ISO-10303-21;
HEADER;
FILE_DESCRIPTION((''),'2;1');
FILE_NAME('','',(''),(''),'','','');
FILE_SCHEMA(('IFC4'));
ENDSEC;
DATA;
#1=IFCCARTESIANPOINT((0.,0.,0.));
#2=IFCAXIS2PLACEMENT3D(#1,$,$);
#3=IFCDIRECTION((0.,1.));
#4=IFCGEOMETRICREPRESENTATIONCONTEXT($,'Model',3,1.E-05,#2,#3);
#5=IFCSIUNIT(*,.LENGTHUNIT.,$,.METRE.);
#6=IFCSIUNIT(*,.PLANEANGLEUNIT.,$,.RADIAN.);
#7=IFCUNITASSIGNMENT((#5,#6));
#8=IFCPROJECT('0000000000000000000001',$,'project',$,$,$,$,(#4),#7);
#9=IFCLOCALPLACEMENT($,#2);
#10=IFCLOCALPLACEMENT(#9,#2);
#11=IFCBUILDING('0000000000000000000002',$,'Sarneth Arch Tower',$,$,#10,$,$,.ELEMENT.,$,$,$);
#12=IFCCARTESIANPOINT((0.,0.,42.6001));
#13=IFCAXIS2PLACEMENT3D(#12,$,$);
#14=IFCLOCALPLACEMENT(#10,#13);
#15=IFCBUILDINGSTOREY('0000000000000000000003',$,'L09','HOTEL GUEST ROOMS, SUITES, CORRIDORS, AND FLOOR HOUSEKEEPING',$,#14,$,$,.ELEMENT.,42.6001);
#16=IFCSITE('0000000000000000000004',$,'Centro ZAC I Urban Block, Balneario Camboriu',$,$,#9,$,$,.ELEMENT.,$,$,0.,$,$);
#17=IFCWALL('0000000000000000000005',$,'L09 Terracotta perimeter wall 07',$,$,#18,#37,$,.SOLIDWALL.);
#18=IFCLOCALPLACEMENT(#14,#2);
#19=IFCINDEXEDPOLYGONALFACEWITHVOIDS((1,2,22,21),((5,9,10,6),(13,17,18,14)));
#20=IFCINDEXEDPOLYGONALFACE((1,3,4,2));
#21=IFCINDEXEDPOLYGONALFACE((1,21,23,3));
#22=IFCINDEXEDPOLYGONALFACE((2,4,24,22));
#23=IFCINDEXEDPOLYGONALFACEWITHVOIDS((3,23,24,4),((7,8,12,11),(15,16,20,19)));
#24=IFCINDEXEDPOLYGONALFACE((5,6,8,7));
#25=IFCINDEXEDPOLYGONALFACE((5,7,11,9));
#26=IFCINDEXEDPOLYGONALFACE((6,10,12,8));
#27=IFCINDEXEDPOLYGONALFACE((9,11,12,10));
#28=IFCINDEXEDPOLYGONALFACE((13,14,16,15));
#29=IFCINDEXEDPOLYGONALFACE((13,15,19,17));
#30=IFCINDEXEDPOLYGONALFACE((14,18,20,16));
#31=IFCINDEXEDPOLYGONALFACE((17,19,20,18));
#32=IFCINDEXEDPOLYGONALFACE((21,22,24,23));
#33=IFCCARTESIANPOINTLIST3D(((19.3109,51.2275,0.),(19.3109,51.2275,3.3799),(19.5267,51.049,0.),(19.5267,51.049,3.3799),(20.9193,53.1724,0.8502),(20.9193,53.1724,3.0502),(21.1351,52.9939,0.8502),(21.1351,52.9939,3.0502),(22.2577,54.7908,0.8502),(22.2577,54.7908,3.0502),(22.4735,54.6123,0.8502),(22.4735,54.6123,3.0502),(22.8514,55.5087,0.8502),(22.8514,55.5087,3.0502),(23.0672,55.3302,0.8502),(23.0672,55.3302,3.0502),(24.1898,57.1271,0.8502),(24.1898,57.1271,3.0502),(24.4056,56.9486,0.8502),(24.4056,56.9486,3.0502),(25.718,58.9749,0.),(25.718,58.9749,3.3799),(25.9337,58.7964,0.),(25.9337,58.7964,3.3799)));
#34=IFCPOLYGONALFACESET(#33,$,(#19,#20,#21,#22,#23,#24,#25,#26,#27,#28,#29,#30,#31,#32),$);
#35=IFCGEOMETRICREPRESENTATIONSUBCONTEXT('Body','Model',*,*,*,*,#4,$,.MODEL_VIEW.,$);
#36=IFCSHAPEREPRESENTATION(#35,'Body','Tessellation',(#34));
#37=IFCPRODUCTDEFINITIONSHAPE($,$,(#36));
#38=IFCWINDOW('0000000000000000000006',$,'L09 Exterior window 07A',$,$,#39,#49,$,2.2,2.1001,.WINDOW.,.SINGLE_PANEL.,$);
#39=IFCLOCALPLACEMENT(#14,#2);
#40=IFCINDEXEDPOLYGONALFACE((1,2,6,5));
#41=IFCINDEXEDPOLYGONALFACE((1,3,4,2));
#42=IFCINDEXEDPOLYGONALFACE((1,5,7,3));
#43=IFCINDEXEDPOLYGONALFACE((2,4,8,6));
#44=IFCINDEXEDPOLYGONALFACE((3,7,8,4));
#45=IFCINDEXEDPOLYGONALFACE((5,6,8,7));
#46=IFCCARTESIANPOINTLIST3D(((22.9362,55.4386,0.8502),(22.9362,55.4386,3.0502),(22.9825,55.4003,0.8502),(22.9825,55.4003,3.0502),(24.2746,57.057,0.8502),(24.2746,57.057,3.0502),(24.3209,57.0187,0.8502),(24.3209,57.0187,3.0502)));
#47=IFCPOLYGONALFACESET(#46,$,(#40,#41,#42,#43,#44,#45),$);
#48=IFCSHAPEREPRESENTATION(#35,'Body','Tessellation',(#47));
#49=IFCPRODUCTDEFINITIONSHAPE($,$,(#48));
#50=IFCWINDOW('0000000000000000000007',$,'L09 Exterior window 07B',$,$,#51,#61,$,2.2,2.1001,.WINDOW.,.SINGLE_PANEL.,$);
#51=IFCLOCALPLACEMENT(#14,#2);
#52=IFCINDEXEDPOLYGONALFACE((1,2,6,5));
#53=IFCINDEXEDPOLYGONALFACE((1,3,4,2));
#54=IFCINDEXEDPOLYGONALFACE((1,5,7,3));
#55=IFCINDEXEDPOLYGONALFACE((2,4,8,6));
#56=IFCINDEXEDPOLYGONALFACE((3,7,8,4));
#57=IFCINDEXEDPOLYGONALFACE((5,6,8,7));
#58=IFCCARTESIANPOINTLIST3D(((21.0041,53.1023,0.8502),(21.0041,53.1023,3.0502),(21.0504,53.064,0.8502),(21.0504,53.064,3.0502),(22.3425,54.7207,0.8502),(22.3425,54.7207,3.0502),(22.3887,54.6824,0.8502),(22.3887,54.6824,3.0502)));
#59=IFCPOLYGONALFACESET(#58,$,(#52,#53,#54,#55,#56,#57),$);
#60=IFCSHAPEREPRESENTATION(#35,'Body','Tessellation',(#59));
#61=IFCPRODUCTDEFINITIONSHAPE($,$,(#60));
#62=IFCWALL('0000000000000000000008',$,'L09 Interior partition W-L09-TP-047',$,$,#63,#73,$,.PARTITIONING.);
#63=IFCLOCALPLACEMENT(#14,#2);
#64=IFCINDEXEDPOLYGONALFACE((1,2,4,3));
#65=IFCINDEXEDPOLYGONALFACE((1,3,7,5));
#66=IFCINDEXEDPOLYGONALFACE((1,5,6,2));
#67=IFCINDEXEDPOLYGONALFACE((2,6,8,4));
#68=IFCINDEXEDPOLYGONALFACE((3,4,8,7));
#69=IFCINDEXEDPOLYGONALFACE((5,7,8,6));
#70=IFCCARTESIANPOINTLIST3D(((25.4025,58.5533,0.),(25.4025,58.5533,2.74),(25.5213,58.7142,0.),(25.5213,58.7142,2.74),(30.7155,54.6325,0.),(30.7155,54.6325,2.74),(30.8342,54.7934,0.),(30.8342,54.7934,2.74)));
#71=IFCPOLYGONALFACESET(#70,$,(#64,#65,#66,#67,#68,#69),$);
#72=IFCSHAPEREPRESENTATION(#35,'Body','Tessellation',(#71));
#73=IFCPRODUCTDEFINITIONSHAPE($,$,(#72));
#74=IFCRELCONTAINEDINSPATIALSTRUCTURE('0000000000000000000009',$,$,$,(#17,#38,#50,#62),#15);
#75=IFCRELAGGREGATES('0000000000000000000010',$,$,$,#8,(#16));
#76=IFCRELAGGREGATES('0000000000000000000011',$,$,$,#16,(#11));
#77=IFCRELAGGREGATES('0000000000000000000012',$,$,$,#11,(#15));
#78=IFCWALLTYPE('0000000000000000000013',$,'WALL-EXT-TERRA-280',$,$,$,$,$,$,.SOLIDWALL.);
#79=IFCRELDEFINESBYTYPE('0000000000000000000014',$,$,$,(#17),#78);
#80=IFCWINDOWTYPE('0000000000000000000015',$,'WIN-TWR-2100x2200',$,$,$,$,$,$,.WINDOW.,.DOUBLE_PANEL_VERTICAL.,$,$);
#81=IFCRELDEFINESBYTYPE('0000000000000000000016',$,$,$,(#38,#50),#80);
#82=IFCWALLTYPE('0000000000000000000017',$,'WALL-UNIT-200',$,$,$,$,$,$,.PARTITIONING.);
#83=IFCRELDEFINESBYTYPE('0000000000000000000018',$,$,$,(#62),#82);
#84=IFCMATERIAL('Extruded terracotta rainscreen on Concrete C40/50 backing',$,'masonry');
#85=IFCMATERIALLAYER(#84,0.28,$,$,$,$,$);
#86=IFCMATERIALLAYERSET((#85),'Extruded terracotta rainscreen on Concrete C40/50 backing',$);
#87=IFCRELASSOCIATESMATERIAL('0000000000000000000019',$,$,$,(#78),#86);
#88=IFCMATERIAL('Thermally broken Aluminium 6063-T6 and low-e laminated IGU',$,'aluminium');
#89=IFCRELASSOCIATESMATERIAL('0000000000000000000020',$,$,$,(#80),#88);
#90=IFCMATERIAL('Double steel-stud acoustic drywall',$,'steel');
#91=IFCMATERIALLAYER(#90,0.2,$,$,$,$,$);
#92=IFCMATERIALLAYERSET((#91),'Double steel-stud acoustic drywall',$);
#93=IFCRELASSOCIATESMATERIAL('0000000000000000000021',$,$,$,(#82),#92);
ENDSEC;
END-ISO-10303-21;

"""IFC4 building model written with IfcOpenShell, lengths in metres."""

from ifc_helpers import new_model, si_unit, direction, frame, frame_2d, origin, place, context, subcontext, project, spatial, rectangle, extrude, material, layer, layer_set, type_object, element, fill, save


model = new_model("IFC4")

# Units and contexts
model_context = context("Model", 3, precision=1e-05, world=origin(), true_north=direction((0.0, 1.0)))
body_context = subcontext(model_context, "Body", "Model", "MODEL_VIEW")
ifc_project = project(units=[si_unit("LENGTHUNIT", "METRE"), si_unit("PLANEANGLEUNIT", "RADIAN")], contexts=[model_context])

# Site, building, storey
site_placement = place(None, origin())
site = spatial("IfcSite", under=ifc_project, at=site_placement, Name="Centro ZAC I Urban Block, Balneario Camboriu", CompositionType="ELEMENT", RefElevation=0.0)
building_placement = place(site_placement, origin())
building = spatial("IfcBuilding", under=site, at=building_placement, Name="Sarneth Arch Tower", CompositionType="ELEMENT")
storey_placement = place(building_placement, frame((0.0, 0.0, 42.6001)))
storey = spatial("IfcBuildingStorey", under=building, at=storey_placement, Name="L09", Description="HOTEL GUEST ROOMS, SUITES, CORRIDORS, AND FLOOR HOUSEKEEPING", CompositionType="ELEMENT", Elevation=42.6001)

# Wall, openings, windows
ifc_material_1 = material(Name="Extruded terracotta rainscreen on Concrete C40/50 backing", Category="masonry")
ifc_layer_1 = layer(ifc_material_1, 0.28)
ifc_layer_set_1 = layer_set([ifc_layer_1], Name="Extruded terracotta rainscreen on Concrete C40/50 backing")
wall_type_1 = type_object("IfcWallType", Name="WALL-EXT-TERRA-280", PredefinedType="SOLIDWALL", material=ifc_layer_set_1)
wall_1_placement = place(storey_placement, frame((25.8259, 58.8857, 0.0), z_axis=(0.0, 0.0, 1.0), x_axis=(-0.637297, -0.770618, 0.0)))
wall_1 = element("IfcWall", 1, at=wall_1_placement, inside=storey, type_object=wall_type_1, Name="L09 Terracotta perimeter wall 07", PredefinedType="SOLIDWALL", context=body_context, shape_type="SweptSolid", body=[
    extrude(rectangle(XDim=10.0535, YDim=0.28, at=frame_2d((5.0269, 0.0))), origin(), (0.0, 0.0, 1.0), 3.3799),
])
opening_1_placement = place(wall_1_placement, frame((2.3979, 0.0, 0.8501)))
opening_1 = element("IfcOpeningElement", 2, at=opening_1_placement, cuts=wall_1, PredefinedType="OPENING", context=body_context, shape_type="SweptSolid", body=[
    extrude(rectangle(XDim=2.1001, YDim=2.2, at=frame_2d((1.05, 1.1001))), frame((0.0, 0.1499, 0.0), z_axis=(0.0, -1.0, 0.0), x_axis=(1.0, 0.0, 0.0)), (0.0, 0.0, 1.0), 0.3),
])
opening_2_placement = place(wall_1_placement, frame((5.4297, 0.0, 0.8501)))
opening_2 = element("IfcOpeningElement", 3, at=opening_2_placement, cuts=wall_1, PredefinedType="OPENING", context=body_context, shape_type="SweptSolid", body=[
    extrude(rectangle(XDim=2.1001, YDim=2.2, at=frame_2d((1.05, 1.1001))), frame((0.0, 0.1499, 0.0), z_axis=(0.0, -1.0, 0.0), x_axis=(1.0, 0.0, 0.0)), (0.0, 0.0, 1.0), 0.3),
])
ifc_material_2 = material(Name="Thermally broken Aluminium 6063-T6 and low-e laminated IGU", Category="aluminium")
window_type = type_object("IfcWindowType", Name="WIN-TWR-2100x2200", PartitioningType="DOUBLE_PANEL_VERTICAL", PredefinedType="WINDOW", material=ifc_material_2)
window_1_placement = place(opening_1_placement, origin())
window_1 = element("IfcWindow", 4, at=window_1_placement, inside=storey, type_object=window_type, Name="L09 Exterior window 07A", OverallHeight=2.2, OverallWidth=2.1001, PartitioningType="SINGLE_PANEL", PredefinedType="WINDOW", context=body_context, shape_type="SweptSolid", body=[
    extrude(rectangle(XDim=2.1001, YDim=2.2, at=frame_2d((1.05, 1.1001))), frame((0.0, 0.03, 0.0), z_axis=(0.0, -1.0, 0.0), x_axis=(1.0, 0.0, 0.0)), (0.0, 0.0, 1.0), 0.0601),
])
fill(opening_1, window_1)
window_2_placement = place(opening_2_placement, origin())
window_2 = element("IfcWindow", 5, at=window_2_placement, inside=storey, type_object=window_type, Name="L09 Exterior window 07B", OverallHeight=2.2, OverallWidth=2.1001, PartitioningType="SINGLE_PANEL", PredefinedType="WINDOW", context=body_context, shape_type="SweptSolid", body=[
    extrude(rectangle(XDim=2.1001, YDim=2.2, at=frame_2d((1.05, 1.1001))), frame((0.0, 0.03, 0.0), z_axis=(0.0, -1.0, 0.0), x_axis=(1.0, 0.0, 0.0)), (0.0, 0.0, 1.0), 0.0601),
])
fill(opening_2, window_2)

# Wall
ifc_material_3 = material(Name="Double steel-stud acoustic drywall", Category="steel")
ifc_layer_2 = layer(ifc_material_3, 0.2)
ifc_layer_set_2 = layer_set([ifc_layer_2], Name="Double steel-stud acoustic drywall")
wall_type_2 = type_object("IfcWallType", Name="WALL-UNIT-200", PredefinedType="PARTITIONING", material=ifc_layer_set_2)
wall_2_placement = place(storey_placement, frame((25.4619, 58.6338, 0.0), z_axis=(0.0, 0.0, 1.0), x_axis=(0.804617, -0.593794, 0.0)))
element("IfcWall", 6, at=wall_2_placement, inside=storey, type_object=wall_type_2, Name="L09 Interior partition W-L09-TP-047", PredefinedType="PARTITIONING", context=body_context, shape_type="SweptSolid", body=[
    extrude(rectangle(XDim=6.603, YDim=0.2, at=frame_2d((3.3015, 0.0))), origin(), (0.0, 0.0, 1.0), 2.74),
])

save(model, "model.ifc")
